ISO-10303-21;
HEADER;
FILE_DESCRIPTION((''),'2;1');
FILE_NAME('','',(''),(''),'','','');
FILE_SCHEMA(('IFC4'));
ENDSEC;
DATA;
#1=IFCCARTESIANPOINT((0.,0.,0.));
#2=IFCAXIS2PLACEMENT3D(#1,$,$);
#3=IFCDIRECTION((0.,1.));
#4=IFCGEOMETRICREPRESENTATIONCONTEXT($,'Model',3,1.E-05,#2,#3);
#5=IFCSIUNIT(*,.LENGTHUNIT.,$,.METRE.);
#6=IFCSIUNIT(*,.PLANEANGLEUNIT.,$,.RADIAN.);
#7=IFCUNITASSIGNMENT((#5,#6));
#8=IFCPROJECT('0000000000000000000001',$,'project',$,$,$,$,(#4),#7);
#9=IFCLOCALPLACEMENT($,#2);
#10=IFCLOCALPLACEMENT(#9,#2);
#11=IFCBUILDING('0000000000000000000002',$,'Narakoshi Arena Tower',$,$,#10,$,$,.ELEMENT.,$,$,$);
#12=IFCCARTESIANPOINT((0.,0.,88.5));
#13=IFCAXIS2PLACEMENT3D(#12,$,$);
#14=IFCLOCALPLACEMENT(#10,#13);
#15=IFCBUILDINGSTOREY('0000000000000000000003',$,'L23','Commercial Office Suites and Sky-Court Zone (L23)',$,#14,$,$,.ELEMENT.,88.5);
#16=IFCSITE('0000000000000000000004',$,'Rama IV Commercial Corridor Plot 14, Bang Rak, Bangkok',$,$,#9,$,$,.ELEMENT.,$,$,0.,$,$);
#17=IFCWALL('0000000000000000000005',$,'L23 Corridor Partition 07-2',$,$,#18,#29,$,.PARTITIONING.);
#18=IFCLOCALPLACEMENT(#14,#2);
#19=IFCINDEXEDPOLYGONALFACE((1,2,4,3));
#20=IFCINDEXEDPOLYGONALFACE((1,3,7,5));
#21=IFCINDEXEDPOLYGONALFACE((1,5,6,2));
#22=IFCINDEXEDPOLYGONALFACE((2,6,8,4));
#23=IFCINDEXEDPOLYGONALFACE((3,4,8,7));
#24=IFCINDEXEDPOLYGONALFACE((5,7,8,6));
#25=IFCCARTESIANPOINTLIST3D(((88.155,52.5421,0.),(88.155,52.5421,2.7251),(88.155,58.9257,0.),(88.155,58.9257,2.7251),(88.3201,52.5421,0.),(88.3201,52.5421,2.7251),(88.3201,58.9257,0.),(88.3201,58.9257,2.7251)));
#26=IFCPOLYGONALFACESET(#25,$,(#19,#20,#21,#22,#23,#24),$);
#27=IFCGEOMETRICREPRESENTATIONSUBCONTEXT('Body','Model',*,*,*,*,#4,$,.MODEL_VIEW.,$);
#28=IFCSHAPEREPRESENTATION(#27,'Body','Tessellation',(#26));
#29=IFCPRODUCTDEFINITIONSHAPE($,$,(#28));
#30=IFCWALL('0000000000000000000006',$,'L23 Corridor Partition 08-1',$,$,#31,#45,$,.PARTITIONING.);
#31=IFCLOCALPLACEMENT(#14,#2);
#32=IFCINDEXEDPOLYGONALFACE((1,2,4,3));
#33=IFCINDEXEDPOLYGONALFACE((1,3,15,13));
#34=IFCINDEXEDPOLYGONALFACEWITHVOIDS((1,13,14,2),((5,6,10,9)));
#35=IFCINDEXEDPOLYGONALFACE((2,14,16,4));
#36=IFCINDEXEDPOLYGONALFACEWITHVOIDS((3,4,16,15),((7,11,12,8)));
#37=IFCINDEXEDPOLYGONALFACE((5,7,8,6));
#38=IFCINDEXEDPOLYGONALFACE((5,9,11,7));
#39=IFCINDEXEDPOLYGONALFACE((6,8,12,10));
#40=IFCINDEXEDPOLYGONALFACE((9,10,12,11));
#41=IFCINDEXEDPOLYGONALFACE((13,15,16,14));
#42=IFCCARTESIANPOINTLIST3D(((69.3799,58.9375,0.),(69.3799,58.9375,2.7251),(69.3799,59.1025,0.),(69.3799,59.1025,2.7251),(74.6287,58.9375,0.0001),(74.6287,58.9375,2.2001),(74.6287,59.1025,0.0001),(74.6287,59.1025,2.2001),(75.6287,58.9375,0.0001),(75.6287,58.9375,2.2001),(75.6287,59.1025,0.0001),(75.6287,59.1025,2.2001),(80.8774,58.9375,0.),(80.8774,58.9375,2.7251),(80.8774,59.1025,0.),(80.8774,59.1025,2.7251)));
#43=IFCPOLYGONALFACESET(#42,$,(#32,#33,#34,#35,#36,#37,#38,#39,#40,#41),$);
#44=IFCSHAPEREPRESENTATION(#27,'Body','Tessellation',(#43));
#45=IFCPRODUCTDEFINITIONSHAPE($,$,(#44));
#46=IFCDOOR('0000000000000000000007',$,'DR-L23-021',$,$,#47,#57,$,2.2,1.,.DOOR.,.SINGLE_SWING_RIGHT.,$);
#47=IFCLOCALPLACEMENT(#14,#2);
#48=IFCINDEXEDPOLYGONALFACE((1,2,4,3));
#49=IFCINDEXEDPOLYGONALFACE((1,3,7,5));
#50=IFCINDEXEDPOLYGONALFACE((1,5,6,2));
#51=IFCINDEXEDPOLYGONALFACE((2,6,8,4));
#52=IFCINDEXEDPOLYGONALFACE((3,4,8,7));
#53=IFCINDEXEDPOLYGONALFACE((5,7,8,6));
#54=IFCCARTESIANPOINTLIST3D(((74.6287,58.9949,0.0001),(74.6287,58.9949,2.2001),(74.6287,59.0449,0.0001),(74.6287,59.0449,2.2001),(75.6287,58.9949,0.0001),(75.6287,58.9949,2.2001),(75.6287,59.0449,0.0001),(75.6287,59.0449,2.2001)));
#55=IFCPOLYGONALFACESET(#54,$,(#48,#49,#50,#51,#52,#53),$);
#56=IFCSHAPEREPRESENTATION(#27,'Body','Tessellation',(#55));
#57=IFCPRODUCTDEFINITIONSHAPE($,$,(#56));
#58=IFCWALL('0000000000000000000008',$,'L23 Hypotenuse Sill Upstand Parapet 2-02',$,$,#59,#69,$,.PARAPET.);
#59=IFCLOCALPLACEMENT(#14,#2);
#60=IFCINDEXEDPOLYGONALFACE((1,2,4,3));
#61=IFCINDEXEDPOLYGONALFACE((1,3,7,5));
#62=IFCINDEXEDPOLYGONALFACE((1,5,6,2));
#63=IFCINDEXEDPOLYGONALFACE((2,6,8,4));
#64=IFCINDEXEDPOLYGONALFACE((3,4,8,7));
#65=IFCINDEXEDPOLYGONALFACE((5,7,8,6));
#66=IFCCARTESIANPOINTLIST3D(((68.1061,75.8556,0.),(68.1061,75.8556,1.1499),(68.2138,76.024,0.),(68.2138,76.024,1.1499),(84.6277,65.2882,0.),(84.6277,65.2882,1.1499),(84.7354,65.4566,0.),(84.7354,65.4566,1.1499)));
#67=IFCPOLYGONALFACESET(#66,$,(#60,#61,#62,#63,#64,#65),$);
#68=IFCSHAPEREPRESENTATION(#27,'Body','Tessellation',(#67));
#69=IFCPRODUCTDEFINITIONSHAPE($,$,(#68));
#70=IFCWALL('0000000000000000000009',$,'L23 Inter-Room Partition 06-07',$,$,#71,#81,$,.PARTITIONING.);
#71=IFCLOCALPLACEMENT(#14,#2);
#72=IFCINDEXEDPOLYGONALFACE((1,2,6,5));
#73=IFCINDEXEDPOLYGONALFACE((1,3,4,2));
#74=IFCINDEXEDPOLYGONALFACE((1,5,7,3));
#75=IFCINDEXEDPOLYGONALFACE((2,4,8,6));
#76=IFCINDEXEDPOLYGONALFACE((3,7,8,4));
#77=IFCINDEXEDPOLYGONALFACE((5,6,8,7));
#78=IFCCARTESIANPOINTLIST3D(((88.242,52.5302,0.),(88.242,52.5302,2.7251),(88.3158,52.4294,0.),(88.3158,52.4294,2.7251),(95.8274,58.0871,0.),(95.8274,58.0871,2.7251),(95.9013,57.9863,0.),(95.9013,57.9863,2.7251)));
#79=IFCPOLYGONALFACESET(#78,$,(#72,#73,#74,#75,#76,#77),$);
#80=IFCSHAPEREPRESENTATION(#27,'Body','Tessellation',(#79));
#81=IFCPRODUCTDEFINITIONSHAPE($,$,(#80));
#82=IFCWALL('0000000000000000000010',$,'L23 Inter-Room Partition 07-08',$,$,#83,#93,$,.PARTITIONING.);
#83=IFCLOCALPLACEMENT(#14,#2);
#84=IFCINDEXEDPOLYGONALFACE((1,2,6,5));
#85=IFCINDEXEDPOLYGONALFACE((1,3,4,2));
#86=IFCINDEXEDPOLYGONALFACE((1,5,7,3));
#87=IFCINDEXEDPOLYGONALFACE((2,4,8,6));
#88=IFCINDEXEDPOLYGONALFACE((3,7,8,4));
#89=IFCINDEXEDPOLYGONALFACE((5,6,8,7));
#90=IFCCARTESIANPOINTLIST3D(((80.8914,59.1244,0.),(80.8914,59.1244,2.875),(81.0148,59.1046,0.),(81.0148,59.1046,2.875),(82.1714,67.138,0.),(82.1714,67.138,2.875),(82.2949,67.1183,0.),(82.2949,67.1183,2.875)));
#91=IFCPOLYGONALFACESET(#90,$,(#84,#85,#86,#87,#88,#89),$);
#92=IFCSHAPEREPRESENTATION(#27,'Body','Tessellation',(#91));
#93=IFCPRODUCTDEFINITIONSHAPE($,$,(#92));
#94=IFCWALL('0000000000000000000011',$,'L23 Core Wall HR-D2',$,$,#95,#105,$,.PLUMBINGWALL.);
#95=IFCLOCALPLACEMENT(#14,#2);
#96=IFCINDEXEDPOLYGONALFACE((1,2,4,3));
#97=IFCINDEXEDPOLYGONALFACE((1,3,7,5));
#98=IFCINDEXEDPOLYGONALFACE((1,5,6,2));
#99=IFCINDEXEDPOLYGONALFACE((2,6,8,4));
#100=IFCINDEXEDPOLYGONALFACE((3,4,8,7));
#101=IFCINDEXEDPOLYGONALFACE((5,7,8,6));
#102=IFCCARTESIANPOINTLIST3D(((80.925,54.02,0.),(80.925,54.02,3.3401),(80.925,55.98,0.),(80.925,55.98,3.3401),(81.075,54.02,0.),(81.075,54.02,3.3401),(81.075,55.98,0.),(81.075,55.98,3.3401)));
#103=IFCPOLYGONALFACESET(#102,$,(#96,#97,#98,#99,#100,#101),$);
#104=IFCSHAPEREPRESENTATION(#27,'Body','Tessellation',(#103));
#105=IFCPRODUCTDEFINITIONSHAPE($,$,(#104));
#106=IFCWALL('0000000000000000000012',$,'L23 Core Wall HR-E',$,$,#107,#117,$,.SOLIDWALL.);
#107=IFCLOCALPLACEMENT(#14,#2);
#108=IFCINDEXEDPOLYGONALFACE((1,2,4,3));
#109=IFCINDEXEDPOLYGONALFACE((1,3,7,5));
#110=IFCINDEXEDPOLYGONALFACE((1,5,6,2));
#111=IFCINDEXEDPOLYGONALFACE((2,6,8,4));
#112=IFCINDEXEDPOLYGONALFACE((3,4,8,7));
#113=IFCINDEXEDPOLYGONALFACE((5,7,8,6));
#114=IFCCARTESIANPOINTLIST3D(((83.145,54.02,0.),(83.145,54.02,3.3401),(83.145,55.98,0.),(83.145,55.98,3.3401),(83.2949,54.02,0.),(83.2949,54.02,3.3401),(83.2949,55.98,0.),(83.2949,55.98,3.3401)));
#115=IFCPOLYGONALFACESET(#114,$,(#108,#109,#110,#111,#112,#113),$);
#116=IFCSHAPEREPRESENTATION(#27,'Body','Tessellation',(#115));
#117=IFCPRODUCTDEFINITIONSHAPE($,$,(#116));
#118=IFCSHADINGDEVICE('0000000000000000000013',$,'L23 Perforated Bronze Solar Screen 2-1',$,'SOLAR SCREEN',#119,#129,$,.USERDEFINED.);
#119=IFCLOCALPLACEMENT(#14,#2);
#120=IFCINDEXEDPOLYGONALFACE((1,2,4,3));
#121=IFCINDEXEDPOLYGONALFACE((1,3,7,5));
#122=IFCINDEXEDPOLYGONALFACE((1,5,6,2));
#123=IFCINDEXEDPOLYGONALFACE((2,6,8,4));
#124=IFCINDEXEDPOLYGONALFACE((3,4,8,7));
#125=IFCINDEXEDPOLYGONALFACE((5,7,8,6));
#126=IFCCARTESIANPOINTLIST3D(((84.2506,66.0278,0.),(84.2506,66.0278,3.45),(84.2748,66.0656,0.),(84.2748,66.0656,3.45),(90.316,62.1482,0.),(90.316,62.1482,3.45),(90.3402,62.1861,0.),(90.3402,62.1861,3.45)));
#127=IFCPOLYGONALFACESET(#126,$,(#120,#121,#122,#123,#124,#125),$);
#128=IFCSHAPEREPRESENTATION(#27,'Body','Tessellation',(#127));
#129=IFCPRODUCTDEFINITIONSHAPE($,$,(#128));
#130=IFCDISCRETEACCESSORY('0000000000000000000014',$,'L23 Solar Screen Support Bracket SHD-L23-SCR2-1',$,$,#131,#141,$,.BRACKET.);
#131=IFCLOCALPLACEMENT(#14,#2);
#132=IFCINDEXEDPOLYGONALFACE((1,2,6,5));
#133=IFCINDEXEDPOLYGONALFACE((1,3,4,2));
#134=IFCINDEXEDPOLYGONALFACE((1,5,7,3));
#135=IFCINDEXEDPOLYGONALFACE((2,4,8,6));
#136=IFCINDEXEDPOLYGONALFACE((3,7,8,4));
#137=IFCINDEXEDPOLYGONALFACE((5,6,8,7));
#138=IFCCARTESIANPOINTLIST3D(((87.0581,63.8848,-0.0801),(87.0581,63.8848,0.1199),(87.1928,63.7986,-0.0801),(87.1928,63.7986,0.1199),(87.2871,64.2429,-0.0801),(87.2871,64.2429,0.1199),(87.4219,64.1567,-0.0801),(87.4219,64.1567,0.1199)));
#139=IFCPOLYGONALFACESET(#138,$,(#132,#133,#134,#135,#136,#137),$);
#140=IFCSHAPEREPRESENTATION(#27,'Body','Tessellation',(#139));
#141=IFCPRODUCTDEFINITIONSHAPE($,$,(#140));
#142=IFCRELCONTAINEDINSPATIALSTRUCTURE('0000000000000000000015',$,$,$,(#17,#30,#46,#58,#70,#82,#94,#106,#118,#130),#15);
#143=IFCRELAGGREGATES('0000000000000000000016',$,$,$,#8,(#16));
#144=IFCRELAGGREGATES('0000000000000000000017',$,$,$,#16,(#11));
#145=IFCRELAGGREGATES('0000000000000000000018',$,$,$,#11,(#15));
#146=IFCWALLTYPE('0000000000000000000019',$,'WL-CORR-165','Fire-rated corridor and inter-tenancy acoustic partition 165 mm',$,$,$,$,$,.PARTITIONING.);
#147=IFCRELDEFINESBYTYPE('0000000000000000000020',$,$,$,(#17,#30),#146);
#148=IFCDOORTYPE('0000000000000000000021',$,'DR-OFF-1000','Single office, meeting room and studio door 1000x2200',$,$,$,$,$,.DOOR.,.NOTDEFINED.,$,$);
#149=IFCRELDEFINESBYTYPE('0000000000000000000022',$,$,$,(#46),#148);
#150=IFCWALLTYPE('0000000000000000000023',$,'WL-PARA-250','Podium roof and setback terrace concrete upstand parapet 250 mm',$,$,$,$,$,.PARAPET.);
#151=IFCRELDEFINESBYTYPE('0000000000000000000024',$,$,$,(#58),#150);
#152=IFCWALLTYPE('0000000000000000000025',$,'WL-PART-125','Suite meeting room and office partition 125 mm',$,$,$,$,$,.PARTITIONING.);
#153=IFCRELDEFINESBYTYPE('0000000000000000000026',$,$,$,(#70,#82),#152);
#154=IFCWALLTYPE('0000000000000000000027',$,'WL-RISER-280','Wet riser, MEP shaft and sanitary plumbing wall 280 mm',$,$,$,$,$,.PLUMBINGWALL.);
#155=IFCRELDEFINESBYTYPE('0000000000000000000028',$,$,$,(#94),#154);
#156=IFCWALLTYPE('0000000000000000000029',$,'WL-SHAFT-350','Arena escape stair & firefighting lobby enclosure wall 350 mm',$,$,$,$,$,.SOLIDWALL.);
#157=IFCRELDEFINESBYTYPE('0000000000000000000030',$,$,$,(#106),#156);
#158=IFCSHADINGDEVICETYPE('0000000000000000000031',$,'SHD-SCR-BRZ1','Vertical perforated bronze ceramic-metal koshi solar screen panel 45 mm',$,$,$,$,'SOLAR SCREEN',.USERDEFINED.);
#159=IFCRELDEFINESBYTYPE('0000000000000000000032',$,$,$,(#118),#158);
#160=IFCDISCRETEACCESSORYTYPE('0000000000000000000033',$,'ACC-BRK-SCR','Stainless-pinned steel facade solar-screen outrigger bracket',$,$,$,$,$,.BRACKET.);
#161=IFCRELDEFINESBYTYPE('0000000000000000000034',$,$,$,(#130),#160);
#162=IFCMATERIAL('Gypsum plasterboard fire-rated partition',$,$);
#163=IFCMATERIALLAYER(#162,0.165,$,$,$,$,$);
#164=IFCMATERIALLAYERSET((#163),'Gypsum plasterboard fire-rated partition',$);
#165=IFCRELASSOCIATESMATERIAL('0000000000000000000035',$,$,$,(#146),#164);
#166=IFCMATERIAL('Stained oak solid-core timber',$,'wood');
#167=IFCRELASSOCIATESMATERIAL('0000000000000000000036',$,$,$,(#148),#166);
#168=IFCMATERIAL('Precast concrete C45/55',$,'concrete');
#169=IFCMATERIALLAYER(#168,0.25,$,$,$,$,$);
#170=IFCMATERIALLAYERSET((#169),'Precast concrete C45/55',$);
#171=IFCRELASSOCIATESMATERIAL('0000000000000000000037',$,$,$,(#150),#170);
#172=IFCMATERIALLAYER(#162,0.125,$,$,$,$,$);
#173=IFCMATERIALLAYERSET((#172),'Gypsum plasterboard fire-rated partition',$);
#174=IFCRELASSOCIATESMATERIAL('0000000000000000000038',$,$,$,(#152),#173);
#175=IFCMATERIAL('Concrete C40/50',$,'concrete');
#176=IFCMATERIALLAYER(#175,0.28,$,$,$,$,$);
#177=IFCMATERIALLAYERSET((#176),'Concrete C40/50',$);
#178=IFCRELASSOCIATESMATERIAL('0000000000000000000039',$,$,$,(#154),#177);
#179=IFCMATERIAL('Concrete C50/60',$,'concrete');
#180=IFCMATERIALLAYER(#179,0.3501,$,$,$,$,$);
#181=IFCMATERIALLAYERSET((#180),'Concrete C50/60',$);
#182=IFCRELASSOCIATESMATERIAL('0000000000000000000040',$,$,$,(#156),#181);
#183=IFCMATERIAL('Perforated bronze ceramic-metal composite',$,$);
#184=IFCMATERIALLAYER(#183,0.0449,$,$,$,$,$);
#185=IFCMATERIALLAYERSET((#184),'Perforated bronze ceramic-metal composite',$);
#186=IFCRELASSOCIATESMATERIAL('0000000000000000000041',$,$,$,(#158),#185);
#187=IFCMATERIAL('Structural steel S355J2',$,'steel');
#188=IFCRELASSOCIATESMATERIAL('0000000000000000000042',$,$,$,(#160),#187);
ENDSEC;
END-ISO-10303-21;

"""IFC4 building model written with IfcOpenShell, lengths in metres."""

from ifc_helpers import new_model, si_unit, direction, frame, frame_2d, origin, origin_2d, place, context, subcontext, project, spatial, rectangle, extrude, material, layer, layer_set, type_object, element, fill, save


model = new_model("IFC4")

# Units and contexts
model_context = context("Model", 3, precision=1e-05, world=origin(), true_north=direction((0.0, 1.0)))
body_context = subcontext(model_context, "Body", "Model", "MODEL_VIEW")
ifc_project = project(units=[si_unit("LENGTHUNIT", "METRE"), si_unit("PLANEANGLEUNIT", "RADIAN")], contexts=[model_context])

# Site, building, storey
site_placement = place(None, origin())
site = spatial("IfcSite", under=ifc_project, at=site_placement, Name="Rama IV Commercial Corridor Plot 14, Bang Rak, Bangkok", CompositionType="ELEMENT", RefElevation=0.0)
building_placement = place(site_placement, origin())
building = spatial("IfcBuilding", under=site, at=building_placement, Name="Narakoshi Arena Tower", CompositionType="ELEMENT")
storey_placement = place(building_placement, frame((0.0, 0.0, 88.5)))
storey = spatial("IfcBuildingStorey", under=building, at=storey_placement, Name="L23", Description="Commercial Office Suites and Sky-Court Zone (L23)", CompositionType="ELEMENT", Elevation=88.5)

# Shared definitions
ifc_material_1 = material(Name="Structural steel S355J2", Category="steel")

# Shared definitions
ifc_material_2 = material(Name="Gypsum plasterboard fire-rated partition")
ifc_layer_1 = layer(ifc_material_2, 0.165)
ifc_layer_set_1 = layer_set([ifc_layer_1], Name="Gypsum plasterboard fire-rated partition")
wall_type_1 = type_object("IfcWallType", Name="WL-CORR-165", Description="Fire-rated corridor and inter-tenancy acoustic partition 165 mm", PredefinedType="PARTITIONING", material=ifc_layer_set_1)
ifc_material_3 = material(Name="Stained oak solid-core timber", Category="wood")
door_type = type_object("IfcDoorType", Name="DR-OFF-1000", Description="Single office, meeting room and studio door 1000x2200", OperationType="NOTDEFINED", PredefinedType="DOOR", material=ifc_material_3)

# Wall
wall_1_placement = place(storey_placement, frame((88.2375, 52.542, 0.0), z_axis=(0.0, 0.0, 1.0), x_axis=(0.0, 1.0, 0.0)))
element("IfcWall", 1, at=wall_1_placement, inside=storey, type_object=wall_type_1, Name="L23 Corridor Partition 07-2", PredefinedType="PARTITIONING", context=body_context, shape_type="SweptSolid", body=[
    extrude(rectangle(XDim=6.3835, YDim=0.165, at=frame_2d((3.1919, 0.0))), origin(), (0.0, 0.0, 1.0), 2.7251),
])

# Wall, opening, door
wall_2_placement = place(storey_placement, frame((80.8774, 59.02, 0.0), z_axis=(0.0, 0.0, 1.0), x_axis=(-1.0, 0.0, 0.0)))
wall_2 = element("IfcWall", 2, at=wall_2_placement, inside=storey, type_object=wall_type_1, Name="L23 Corridor Partition 08-1", PredefinedType="PARTITIONING", context=body_context, shape_type="SweptSolid", body=[
    extrude(rectangle(XDim=11.4976, YDim=0.165, at=frame_2d((5.7488, 0.0))), origin(), (0.0, 0.0, 1.0), 2.7251),
])
opening_1_placement = place(wall_2_placement, frame((5.2488, 0.0, 0.0)))
opening_1 = element("IfcOpeningElement", 3, at=opening_1_placement, cuts=wall_2, PredefinedType="OPENING", context=body_context, shape_type="SweptSolid", body=[
    extrude(rectangle(XDim=1.0, YDim=2.2, at=frame_2d((0.5, 1.1001))), frame((0.0, 0.0925, 0.0), z_axis=(0.0, -1.0, 0.0), x_axis=(1.0, 0.0, 0.0)), (0.0, 0.0, 1.0), 0.1851),
])
door_1_placement = place(opening_1_placement, frame((1.0, 0.0, 0.0), z_axis=(0.0, 0.0, 1.0), x_axis=(-1.0, 0.0, 0.0)))
door_1 = element("IfcDoor", 4, at=door_1_placement, inside=storey, type_object=door_type, Name="DR-L23-021", OperationType="SINGLE_SWING_RIGHT", OverallHeight=2.2, OverallWidth=1.0, PredefinedType="DOOR", context=body_context, shape_type="SweptSolid", body=[
    extrude(rectangle(XDim=1.0, YDim=2.2, at=frame_2d((0.5, 1.1001))), frame((0.0, 0.0249, 0.0), z_axis=(0.0, -1.0, 0.0), x_axis=(1.0, 0.0, 0.0)), (0.0, 0.0, 1.0), 0.05),
])
fill(opening_1, door_1)

# Walls
ifc_material_4 = material(Name="Precast concrete C45/55", Category="concrete")
ifc_layer_2 = layer(ifc_material_4, 0.25)
ifc_layer_set_2 = layer_set([ifc_layer_2], Name="Precast concrete C45/55")
wall_type_2 = type_object("IfcWallType", Name="WL-PARA-250", Description="Podium roof and setback terrace concrete upstand parapet 250 mm", PredefinedType="PARAPET", material=ifc_layer_set_2)
wall_3_placement = place(storey_placement, frame((84.6816, 65.3723, 0.0), z_axis=(0.0, 0.0, 1.0), x_axis=(-0.842419, 0.538823, 0.0)))
element("IfcWall", 5, at=wall_3_placement, inside=storey, type_object=wall_type_2, Name="L23 Hypotenuse Sill Upstand Parapet 2-02", PredefinedType="PARAPET", context=body_context, shape_type="SweptSolid", body=[
    extrude(rectangle(XDim=19.6121, YDim=0.2, at=frame_2d((9.8062, 0.0))), origin(), (0.0, 0.0, 1.0), 1.1499),
])
ifc_layer_3 = layer(ifc_material_2, 0.125)
ifc_layer_set_3 = layer_set([ifc_layer_3], Name="Gypsum plasterboard fire-rated partition")
wall_type_3 = type_object("IfcWallType", Name="WL-PART-125", Description="Suite meeting room and office partition 125 mm", PredefinedType="PARTITIONING", material=ifc_layer_set_3)
wall_4_placement = place(storey_placement, frame((88.2788, 52.4797, 0.0), z_axis=(0.0, 0.0, 1.0), x_axis=(0.806698, 0.590964, 0.0)))
element("IfcWall", 6, at=wall_4_placement, inside=storey, type_object=wall_type_3, Name="L23 Inter-Room Partition 06-07", PredefinedType="PARTITIONING", context=body_context, shape_type="SweptSolid", body=[
    extrude(rectangle(XDim=9.4031, YDim=0.125, at=frame_2d((4.7017, 0.0))), origin(), (0.0, 0.0, 1.0), 2.7251),
])
wall_5_placement = place(storey_placement, frame((80.9531, 59.1145, 0.0), z_axis=(0.0, 0.0, 1.0), x_axis=(0.157731, 0.987482, 0.0)))
element("IfcWall", 7, at=wall_5_placement, inside=storey, type_object=wall_type_3, Name="L23 Inter-Room Partition 07-08", PredefinedType="PARTITIONING", context=body_context, shape_type="SweptSolid", body=[
    extrude(rectangle(XDim=8.1152, YDim=0.125, at=frame_2d((4.0576, 0.0))), origin(), (0.0, 0.0, 1.0), 2.875),
])
ifc_material_5 = material(Name="Concrete C40/50", Category="concrete")
ifc_layer_4 = layer(ifc_material_5, 0.28)
ifc_layer_set_4 = layer_set([ifc_layer_4], Name="Concrete C40/50")
wall_type_4 = type_object("IfcWallType", Name="WL-RISER-280", Description="Wet riser, MEP shaft and sanitary plumbing wall 280 mm", PredefinedType="PLUMBINGWALL", material=ifc_layer_set_4)
wall_6_placement = place(storey_placement, frame((81.0, 54.02, 0.0), z_axis=(0.0, 0.0, 1.0), x_axis=(0.0, 1.0, 0.0)))
element("IfcWall", 8, at=wall_6_placement, inside=storey, type_object=wall_type_4, Name="L23 Core Wall HR-D2", PredefinedType="PLUMBINGWALL", context=body_context, shape_type="SweptSolid", body=[
    extrude(rectangle(XDim=1.96, YDim=0.1499, at=frame_2d((0.98, 0.0))), origin(), (0.0, 0.0, 1.0), 3.3401),
])
ifc_material_6 = material(Name="Concrete C50/60", Category="concrete")
ifc_layer_5 = layer(ifc_material_6, 0.3501)
ifc_layer_set_5 = layer_set([ifc_layer_5], Name="Concrete C50/60")
wall_type_5 = type_object("IfcWallType", Name="WL-SHAFT-350", Description="Arena escape stair & firefighting lobby enclosure wall 350 mm", PredefinedType="SOLIDWALL", material=ifc_layer_set_5)
wall_7_placement = place(storey_placement, frame((83.22, 54.02, 0.0), z_axis=(0.0, 0.0, 1.0), x_axis=(0.0, 1.0, 0.0)))
element("IfcWall", 9, at=wall_7_placement, inside=storey, type_object=wall_type_5, Name="L23 Core Wall HR-E", PredefinedType="SOLIDWALL", context=body_context, shape_type="SweptSolid", body=[
    extrude(rectangle(XDim=1.96, YDim=0.1499, at=frame_2d((0.98, 0.0))), origin(), (0.0, 0.0, 1.0), 3.3401),
])

# Shading device
ifc_material_7 = material(Name="Perforated bronze ceramic-metal composite")
ifc_layer_6 = layer(ifc_material_7, 0.0449)
ifc_layer_set_6 = layer_set([ifc_layer_6], Name="Perforated bronze ceramic-metal composite")
shading_device_type = type_object("IfcShadingDeviceType", Name="SHD-SCR-BRZ1", Description="Vertical perforated bronze ceramic-metal koshi solar screen panel 45 mm", ElementType="SOLAR SCREEN", PredefinedType="USERDEFINED", material=ifc_layer_set_6)
shading_device_placement = place(storey_placement, frame((87.2954, 64.1069, 0.0), z_axis=(0.0, 0.0, 1.0), x_axis=(-0.842415, 0.53883, 0.0)))
element("IfcShadingDevice", 10, at=shading_device_placement, inside=storey, type_object=shading_device_type, Name="L23 Perforated Bronze Solar Screen 2-1", ObjectType="SOLAR SCREEN", PredefinedType="USERDEFINED", context=body_context, shape_type="SweptSolid", body=[
    extrude(rectangle(XDim=7.2, YDim=0.0449, at=origin_2d()), origin(), (0.0, 0.0, 1.0), 3.45),
])

# Discrete accessory
discrete_accessory_type = type_object("IfcDiscreteAccessoryType", Name="ACC-BRK-SCR", Description="Stainless-pinned steel facade solar-screen outrigger bracket", PredefinedType="BRACKET", material=ifc_material_1)
discrete_accessory_placement = place(storey_placement, frame((87.24, 64.0208, -0.0801), z_axis=(0.0, 0.0, 1.0), x_axis=(-0.842415, 0.53883, 0.0)))
element("IfcDiscreteAccessory", 11, at=discrete_accessory_placement, inside=storey, type_object=discrete_accessory_type, Name="L23 Solar Screen Support Bracket SHD-L23-SCR2-1", PredefinedType="BRACKET", context=body_context, shape_type="SweptSolid", body=[
    extrude(rectangle(XDim=0.1599, YDim=0.425, at=origin_2d()), origin(), (0.0, 0.0, 1.0), 0.2),
])

save(model, "model.ifc")
